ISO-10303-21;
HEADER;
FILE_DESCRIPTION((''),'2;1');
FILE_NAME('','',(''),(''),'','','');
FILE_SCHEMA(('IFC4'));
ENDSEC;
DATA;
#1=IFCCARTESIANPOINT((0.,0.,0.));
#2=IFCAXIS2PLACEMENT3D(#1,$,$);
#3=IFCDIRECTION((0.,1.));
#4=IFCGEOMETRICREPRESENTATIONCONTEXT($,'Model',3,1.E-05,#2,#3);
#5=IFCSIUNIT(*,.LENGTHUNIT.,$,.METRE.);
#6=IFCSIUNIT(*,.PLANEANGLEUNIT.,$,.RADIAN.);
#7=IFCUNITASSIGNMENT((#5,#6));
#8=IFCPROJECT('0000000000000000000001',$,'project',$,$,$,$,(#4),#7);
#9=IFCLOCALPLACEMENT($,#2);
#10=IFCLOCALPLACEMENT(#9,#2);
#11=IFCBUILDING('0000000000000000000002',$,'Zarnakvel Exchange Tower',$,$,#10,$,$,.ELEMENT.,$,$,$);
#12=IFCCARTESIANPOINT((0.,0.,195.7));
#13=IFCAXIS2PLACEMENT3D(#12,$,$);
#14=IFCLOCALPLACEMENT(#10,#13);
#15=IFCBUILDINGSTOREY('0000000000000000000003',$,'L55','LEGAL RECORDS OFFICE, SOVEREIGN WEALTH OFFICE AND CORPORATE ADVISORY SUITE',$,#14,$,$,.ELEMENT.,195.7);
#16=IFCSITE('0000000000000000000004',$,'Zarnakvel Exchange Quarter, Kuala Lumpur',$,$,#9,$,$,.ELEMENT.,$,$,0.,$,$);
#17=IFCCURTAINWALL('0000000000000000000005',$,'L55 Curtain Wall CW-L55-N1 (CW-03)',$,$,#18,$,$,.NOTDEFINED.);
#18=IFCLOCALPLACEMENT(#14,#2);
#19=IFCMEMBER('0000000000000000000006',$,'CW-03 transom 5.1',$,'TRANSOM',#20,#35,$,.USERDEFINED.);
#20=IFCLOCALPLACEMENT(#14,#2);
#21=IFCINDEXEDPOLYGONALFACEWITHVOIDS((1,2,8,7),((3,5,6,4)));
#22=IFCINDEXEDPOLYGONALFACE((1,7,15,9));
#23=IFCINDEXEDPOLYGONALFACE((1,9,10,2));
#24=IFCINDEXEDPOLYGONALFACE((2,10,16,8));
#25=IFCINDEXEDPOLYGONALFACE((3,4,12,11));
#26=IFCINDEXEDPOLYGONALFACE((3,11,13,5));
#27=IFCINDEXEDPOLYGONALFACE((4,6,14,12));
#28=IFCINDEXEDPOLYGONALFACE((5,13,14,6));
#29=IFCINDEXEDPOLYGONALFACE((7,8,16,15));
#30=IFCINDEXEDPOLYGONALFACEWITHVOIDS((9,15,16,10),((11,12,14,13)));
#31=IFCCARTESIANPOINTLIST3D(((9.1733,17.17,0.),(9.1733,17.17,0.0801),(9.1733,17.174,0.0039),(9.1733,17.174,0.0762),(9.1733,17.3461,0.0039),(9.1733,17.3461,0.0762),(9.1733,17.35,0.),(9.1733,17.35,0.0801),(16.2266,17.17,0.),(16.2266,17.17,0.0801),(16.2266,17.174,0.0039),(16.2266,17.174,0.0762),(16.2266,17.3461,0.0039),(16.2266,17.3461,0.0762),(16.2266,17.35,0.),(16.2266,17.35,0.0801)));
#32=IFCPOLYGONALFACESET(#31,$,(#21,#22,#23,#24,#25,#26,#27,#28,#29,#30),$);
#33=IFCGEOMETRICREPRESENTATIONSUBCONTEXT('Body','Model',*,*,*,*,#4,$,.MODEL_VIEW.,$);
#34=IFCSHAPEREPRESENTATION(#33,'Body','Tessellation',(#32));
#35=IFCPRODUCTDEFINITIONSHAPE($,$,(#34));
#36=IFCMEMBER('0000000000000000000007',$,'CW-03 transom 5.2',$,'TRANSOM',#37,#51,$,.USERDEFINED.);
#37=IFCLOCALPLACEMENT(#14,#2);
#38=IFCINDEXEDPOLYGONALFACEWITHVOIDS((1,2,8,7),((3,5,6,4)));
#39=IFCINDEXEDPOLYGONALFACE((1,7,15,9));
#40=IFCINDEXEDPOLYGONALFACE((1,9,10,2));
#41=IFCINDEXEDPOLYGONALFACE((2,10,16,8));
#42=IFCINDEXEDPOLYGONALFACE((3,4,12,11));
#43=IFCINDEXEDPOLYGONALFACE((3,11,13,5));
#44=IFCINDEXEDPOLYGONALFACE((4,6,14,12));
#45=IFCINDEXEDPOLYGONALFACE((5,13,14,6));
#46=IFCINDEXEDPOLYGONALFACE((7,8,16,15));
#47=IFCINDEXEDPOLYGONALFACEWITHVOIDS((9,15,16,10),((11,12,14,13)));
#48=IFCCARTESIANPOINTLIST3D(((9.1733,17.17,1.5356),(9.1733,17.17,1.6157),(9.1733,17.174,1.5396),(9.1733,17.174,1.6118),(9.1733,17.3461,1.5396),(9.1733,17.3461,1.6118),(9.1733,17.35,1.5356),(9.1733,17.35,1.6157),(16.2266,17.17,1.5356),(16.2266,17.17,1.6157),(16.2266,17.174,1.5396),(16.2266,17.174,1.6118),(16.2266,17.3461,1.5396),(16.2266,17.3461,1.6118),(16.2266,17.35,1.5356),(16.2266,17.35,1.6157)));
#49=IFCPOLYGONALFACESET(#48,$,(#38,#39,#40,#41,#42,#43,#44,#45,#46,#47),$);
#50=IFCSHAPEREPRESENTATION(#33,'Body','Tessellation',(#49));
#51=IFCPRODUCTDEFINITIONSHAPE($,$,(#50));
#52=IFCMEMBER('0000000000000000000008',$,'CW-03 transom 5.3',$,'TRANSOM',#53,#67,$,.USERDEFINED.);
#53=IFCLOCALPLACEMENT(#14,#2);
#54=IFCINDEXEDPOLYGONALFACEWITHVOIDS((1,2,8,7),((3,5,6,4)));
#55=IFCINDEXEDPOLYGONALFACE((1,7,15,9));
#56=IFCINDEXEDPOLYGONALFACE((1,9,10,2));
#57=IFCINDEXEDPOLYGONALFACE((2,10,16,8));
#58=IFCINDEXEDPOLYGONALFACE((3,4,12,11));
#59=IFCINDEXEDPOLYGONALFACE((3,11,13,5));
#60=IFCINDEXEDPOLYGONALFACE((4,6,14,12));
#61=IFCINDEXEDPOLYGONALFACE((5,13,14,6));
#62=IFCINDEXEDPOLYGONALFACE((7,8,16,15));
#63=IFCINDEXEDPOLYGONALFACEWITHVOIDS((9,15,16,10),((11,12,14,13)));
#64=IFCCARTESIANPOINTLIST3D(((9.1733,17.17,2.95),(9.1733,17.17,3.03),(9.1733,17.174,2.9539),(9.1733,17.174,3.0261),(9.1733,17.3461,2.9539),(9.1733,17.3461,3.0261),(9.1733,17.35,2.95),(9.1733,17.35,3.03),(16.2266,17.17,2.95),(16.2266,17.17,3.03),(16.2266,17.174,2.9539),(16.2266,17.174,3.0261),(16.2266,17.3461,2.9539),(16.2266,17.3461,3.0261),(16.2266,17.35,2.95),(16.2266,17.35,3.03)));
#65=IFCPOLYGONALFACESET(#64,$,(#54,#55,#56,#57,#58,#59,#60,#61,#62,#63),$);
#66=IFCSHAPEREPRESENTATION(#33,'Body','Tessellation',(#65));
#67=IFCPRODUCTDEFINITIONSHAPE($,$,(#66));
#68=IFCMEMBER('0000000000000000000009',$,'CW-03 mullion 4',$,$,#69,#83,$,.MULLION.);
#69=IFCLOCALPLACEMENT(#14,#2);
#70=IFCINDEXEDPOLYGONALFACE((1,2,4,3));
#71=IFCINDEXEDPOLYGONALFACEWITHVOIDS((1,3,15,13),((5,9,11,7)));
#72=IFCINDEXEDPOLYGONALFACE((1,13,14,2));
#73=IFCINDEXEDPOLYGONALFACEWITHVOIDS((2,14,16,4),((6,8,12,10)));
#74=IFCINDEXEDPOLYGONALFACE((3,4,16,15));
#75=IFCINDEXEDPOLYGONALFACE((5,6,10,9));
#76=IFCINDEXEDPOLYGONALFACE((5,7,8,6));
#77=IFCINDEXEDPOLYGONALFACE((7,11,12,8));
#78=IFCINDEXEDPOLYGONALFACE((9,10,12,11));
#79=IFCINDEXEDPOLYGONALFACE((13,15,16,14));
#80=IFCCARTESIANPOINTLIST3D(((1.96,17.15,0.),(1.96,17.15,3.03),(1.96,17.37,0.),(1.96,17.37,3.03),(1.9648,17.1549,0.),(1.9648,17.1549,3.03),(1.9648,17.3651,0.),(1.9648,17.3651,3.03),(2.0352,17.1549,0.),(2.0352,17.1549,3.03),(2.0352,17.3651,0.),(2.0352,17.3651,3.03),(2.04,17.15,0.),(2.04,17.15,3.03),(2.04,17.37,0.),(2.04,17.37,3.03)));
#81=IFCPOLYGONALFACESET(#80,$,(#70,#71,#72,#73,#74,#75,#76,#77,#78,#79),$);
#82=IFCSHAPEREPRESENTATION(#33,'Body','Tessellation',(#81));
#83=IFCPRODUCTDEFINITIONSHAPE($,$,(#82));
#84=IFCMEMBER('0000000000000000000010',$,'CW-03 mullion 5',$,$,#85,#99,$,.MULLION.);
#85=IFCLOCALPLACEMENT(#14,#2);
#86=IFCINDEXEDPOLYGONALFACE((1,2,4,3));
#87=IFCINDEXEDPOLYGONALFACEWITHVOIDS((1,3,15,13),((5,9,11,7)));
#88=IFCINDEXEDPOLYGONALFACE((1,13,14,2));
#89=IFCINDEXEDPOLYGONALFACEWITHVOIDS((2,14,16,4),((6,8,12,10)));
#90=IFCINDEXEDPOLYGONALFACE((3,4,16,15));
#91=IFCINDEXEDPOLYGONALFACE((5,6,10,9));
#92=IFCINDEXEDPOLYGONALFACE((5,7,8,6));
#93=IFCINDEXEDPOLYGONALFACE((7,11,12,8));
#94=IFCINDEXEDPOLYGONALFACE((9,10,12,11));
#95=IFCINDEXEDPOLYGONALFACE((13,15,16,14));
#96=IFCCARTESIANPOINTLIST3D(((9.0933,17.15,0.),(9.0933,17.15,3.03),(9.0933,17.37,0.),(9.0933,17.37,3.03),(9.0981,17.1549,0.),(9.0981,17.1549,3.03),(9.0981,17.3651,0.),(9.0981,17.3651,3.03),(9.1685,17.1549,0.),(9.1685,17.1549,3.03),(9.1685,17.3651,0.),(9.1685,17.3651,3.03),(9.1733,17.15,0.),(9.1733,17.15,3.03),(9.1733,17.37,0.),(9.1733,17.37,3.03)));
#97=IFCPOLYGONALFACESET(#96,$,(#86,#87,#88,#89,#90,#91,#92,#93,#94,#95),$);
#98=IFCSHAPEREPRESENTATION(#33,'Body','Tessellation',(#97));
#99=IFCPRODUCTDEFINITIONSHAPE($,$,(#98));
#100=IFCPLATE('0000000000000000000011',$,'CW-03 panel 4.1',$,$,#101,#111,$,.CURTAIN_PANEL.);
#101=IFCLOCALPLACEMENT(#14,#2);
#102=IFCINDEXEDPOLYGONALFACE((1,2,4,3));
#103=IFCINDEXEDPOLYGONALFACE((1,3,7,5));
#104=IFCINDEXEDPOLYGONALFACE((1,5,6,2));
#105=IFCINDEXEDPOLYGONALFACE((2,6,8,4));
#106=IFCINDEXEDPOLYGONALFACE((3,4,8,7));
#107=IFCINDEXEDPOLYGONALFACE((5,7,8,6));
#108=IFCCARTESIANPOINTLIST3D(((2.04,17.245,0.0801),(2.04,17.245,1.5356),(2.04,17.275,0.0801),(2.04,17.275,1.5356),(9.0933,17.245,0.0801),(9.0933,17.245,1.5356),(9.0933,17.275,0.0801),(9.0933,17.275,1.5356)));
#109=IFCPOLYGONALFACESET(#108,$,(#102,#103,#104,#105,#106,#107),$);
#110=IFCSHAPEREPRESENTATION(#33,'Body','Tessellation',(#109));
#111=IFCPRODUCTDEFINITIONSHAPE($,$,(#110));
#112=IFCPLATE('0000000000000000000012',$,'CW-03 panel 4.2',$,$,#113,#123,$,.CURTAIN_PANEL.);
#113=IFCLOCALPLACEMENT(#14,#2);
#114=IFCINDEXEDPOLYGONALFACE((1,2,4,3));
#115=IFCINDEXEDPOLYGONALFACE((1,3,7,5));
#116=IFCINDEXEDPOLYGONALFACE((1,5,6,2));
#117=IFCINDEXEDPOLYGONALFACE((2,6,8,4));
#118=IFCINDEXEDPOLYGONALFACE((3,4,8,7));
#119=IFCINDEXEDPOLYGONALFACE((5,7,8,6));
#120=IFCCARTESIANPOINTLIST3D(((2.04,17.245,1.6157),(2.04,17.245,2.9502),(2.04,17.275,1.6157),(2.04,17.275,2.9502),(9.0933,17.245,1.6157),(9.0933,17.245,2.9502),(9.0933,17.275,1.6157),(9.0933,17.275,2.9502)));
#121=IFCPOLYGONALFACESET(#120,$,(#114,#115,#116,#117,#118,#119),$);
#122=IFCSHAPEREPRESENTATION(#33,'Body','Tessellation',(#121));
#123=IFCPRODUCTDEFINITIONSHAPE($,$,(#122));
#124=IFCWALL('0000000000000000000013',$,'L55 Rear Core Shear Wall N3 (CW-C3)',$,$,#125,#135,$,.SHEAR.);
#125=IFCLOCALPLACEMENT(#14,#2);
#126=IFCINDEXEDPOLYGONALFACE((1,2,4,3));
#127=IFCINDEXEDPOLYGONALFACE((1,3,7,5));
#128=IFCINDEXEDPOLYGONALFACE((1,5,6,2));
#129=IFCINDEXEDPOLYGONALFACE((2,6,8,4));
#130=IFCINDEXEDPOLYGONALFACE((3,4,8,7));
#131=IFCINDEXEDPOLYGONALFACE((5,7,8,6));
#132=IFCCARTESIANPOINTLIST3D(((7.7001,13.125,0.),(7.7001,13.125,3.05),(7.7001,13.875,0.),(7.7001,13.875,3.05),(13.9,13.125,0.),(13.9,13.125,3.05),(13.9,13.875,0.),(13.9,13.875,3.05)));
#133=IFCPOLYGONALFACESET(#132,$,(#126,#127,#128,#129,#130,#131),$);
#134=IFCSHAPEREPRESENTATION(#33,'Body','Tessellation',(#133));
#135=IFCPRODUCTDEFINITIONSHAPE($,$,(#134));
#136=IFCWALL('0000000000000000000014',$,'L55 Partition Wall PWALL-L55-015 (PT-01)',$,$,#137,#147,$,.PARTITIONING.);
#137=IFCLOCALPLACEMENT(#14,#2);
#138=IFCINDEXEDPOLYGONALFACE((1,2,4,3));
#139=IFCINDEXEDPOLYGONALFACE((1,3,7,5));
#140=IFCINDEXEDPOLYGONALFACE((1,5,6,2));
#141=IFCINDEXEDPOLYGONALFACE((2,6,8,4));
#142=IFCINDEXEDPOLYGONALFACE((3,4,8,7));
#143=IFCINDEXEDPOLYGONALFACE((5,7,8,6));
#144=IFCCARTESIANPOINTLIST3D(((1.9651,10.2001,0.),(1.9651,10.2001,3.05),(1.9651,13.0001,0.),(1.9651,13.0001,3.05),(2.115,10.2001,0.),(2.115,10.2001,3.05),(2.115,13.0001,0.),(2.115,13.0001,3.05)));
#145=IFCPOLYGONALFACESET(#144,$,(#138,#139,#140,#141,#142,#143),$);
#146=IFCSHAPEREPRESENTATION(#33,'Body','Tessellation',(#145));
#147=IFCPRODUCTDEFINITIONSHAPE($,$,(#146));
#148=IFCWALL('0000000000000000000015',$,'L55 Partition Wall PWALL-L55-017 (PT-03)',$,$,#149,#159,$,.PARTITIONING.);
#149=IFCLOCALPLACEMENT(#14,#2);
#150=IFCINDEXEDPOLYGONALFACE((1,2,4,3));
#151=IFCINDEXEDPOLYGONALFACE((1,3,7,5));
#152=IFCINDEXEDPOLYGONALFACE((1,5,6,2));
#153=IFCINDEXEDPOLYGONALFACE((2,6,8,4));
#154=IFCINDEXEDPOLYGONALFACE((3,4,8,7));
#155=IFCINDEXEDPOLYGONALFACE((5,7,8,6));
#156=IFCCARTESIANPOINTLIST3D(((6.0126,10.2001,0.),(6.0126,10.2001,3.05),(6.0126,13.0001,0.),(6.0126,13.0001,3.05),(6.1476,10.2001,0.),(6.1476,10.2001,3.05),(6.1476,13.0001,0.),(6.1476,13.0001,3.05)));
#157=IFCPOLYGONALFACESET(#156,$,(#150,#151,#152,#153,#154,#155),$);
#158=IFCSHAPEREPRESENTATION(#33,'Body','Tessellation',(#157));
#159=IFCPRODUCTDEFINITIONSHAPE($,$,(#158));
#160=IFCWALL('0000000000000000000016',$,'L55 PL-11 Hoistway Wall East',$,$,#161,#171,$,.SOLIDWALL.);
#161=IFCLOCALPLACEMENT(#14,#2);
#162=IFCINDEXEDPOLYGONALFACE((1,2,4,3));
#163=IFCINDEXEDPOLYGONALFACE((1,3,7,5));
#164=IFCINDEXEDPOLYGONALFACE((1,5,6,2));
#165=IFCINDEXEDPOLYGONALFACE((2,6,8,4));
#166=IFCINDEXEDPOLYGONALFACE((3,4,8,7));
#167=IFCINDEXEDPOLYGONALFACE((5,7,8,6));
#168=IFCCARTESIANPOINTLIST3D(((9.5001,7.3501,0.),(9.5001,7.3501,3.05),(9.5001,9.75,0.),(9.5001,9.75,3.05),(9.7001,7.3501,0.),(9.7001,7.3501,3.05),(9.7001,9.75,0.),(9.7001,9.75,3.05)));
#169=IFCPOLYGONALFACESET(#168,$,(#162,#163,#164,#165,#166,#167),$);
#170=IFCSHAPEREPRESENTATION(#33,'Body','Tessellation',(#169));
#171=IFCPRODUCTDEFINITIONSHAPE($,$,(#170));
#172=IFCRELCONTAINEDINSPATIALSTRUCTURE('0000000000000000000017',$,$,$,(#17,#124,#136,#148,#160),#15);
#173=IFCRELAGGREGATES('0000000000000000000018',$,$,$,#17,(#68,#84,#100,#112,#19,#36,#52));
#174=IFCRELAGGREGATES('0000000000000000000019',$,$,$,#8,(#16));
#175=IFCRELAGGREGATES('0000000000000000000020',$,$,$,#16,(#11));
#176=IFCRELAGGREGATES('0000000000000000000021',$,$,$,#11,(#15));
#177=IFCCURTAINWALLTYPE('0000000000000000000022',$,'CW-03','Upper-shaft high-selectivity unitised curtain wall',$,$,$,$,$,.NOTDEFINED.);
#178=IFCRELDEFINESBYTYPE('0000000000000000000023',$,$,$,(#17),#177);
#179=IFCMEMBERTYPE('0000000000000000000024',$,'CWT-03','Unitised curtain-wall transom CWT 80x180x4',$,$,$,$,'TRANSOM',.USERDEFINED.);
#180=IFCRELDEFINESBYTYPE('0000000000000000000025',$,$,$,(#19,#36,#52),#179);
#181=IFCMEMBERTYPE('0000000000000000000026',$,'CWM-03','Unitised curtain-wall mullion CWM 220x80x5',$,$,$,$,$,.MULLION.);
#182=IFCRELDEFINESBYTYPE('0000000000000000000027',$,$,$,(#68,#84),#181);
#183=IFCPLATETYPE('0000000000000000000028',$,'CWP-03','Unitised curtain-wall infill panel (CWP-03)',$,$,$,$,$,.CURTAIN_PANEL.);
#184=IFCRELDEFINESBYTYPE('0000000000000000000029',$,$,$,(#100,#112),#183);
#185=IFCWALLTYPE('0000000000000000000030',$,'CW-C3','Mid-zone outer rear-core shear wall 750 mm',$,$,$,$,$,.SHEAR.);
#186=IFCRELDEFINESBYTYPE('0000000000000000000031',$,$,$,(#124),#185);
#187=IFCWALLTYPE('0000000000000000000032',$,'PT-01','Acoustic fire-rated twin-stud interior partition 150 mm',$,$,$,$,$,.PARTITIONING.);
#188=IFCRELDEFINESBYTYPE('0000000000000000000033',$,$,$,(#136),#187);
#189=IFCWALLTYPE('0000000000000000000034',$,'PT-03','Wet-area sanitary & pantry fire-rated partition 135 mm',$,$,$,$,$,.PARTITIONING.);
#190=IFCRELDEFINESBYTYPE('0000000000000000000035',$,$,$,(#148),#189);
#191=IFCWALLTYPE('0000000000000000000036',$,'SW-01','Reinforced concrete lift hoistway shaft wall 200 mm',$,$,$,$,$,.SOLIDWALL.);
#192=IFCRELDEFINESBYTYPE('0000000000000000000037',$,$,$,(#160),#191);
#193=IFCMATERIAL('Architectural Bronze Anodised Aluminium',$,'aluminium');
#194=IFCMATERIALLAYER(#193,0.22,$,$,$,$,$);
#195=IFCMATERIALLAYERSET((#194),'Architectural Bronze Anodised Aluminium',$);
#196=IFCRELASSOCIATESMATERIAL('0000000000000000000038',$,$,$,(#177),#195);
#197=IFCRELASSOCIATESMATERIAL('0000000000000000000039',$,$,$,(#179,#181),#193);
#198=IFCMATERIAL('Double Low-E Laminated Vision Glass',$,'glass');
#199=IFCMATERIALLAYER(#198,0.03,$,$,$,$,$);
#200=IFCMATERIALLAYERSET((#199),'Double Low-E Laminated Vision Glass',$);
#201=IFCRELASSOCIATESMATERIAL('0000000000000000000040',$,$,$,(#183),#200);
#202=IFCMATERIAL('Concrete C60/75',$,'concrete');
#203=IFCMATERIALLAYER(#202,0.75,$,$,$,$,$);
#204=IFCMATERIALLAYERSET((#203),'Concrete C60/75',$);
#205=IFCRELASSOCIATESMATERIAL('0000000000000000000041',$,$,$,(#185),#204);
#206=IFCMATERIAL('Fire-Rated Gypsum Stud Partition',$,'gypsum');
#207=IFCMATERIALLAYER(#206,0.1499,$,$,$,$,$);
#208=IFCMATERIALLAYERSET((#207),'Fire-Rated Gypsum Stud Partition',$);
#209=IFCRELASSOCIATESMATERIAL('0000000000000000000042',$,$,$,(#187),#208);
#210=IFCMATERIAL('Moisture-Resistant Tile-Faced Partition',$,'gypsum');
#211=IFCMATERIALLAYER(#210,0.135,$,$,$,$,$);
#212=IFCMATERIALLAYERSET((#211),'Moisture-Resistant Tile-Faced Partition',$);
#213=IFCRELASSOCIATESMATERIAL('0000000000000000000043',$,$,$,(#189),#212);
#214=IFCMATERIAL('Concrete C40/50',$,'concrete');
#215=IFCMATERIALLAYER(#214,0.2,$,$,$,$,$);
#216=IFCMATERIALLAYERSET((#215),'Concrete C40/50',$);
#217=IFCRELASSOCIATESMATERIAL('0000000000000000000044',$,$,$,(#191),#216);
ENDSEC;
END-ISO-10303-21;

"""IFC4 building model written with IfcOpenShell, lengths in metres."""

from ifc_helpers import new_model, si_unit, direction, frame, frame_2d, origin, origin_2d, place, context, subcontext, project, spatial, rectangle, hollow_rectangle, extrude, source, transform, mapped, material, layer, layer_set, material_profile, profile_set, type_object, element, aggregate, save


model = new_model("IFC4")

# Units and contexts
model_context = context("Model", 3, precision=1e-05, world=origin(), true_north=direction((0.0, 1.0)))
body_context = subcontext(model_context, "Body", "Model", "MODEL_VIEW")
ifc_project = project(units=[si_unit("LENGTHUNIT", "METRE"), si_unit("PLANEANGLEUNIT", "RADIAN")], contexts=[model_context])

# Site, building, storey
site_placement = place(None, origin())
site = spatial("IfcSite", under=ifc_project, at=site_placement, Name="Zarnakvel Exchange Quarter, Kuala Lumpur", CompositionType="ELEMENT", RefElevation=0.0)
building_placement = place(site_placement, origin())
building = spatial("IfcBuilding", under=site, at=building_placement, Name="Zarnakvel Exchange Tower", CompositionType="ELEMENT")
storey_placement = place(building_placement, frame((0.0, 0.0, 195.7)))
storey = spatial("IfcBuildingStorey", under=building, at=storey_placement, Name="L55", Description="LEGAL RECORDS OFFICE, SOVEREIGN WEALTH OFFICE AND CORPORATE ADVISORY SUITE", CompositionType="ELEMENT", Elevation=195.7)

# Shared definitions
ifc_material_1 = material(Name="Concrete C60/75", Category="concrete")

# Curtain wall, members, plates
ifc_material_2 = material(Name="Architectural Bronze Anodised Aluminium", Category="aluminium")
ifc_layer_1 = layer(ifc_material_2, 0.22)
ifc_layer_set_1 = layer_set([ifc_layer_1], Name="Architectural Bronze Anodised Aluminium")
curtain_wall_type = type_object("IfcCurtainWallType", Name="CW-03", Description="Upper-shaft high-selectivity unitised curtain wall", PredefinedType="NOTDEFINED", material=ifc_layer_set_1)
curtain_wall_placement = place(storey_placement, origin())
curtain_wall = element("IfcCurtainWall", 1, at=curtain_wall_placement, inside=storey, type_object=curtain_wall_type, Name="L55 Curtain Wall CW-L55-N1 (CW-03)", PredefinedType="NOTDEFINED")
ifc_material_profile_1 = material_profile(ifc_material_2, hollow_rectangle(XDim=0.1799, YDim=0.0801, WallThickness=0.0039, at=origin_2d()))
ifc_profile_set_1 = profile_set([ifc_material_profile_1], Name="Architectural Bronze Anodised Aluminium")
member_type_1 = type_object("IfcMemberType", Name="CWT-03", Description="Unitised curtain-wall transom CWT 80x180x4", ElementType="TRANSOM", PredefinedType="USERDEFINED", material=ifc_profile_set_1)
shared_shape_1 = source(origin(), body_context, "Body", "SweptSolid", [
    extrude(hollow_rectangle(XDim=0.1799, YDim=0.0801, WallThickness=0.0039, at=origin_2d()), origin(), (0.0, 0.0, 1.0), 7.0532),
])
member_1_placement = place(storey_placement, frame((9.1733, 17.26, 0.04), z_axis=(1.0, 0.0, 0.0), x_axis=(0.0, 1.0, 0.0)))
member_1 = element("IfcMember", 2, at=member_1_placement, type_object=member_type_1, Name="CW-03 transom 5.1", ObjectType="TRANSOM", PredefinedType="USERDEFINED", context=body_context, shape_type="MappedRepresentation", body=[
    mapped(shared_shape_1, transform((0.0, 0.0, 0.0), x_axis=(1.0, 0.0, 0.0), y_axis=(0.0, 1.0, 0.0), z_axis=(0.0, 0.0, 1.0), scale=1.0)),
])
member_2_placement = place(storey_placement, frame((9.1733, 17.26, 1.5757), z_axis=(1.0, 0.0, 0.0), x_axis=(0.0, 1.0, 0.0)))
member_2 = element("IfcMember", 3, at=member_2_placement, type_object=member_type_1, Name="CW-03 transom 5.2", ObjectType="TRANSOM", PredefinedType="USERDEFINED", context=body_context, shape_type="MappedRepresentation", body=[
    mapped(shared_shape_1, transform((0.0, 0.0, 0.0), x_axis=(1.0, 0.0, 0.0), y_axis=(0.0, 1.0, 0.0), z_axis=(0.0, 0.0, 1.0), scale=1.0)),
])
member_3_placement = place(storey_placement, frame((9.1733, 17.26, 2.99), z_axis=(1.0, 0.0, 0.0), x_axis=(0.0, 1.0, 0.0)))
member_3 = element("IfcMember", 4, at=member_3_placement, type_object=member_type_1, Name="CW-03 transom 5.3", ObjectType="TRANSOM", PredefinedType="USERDEFINED", context=body_context, shape_type="MappedRepresentation", body=[
    mapped(shared_shape_1, transform((0.0, 0.0, 0.0), x_axis=(1.0, 0.0, 0.0), y_axis=(0.0, 1.0, 0.0), z_axis=(0.0, 0.0, 1.0), scale=1.0)),
])
ifc_material_profile_2 = material_profile(ifc_material_2, hollow_rectangle(XDim=0.22, YDim=0.0801, WallThickness=0.0049, at=origin_2d()))
ifc_profile_set_2 = profile_set([ifc_material_profile_2], Name="Architectural Bronze Anodised Aluminium")
member_type_2 = type_object("IfcMemberType", Name="CWM-03", Description="Unitised curtain-wall mullion CWM 220x80x5", PredefinedType="MULLION", material=ifc_profile_set_2)
shared_shape_2 = source(origin(), body_context, "Body", "SweptSolid", [
    extrude(hollow_rectangle(XDim=0.22, YDim=0.0801, WallThickness=0.0049, at=origin_2d()), origin(), (0.0, 0.0, 1.0), 3.03),
])
member_4_placement = place(storey_placement, frame((2.0, 17.26, 0.0), z_axis=(0.0, 0.0, 1.0), x_axis=(0.0, 1.0, 0.0)))
member_4 = element("IfcMember", 5, at=member_4_placement, type_object=member_type_2, Name="CW-03 mullion 4", PredefinedType="MULLION", context=body_context, shape_type="MappedRepresentation", body=[
    mapped(shared_shape_2, transform((0.0, 0.0, 0.0), x_axis=(1.0, 0.0, 0.0), y_axis=(0.0, 1.0, 0.0), z_axis=(0.0, 0.0, 1.0), scale=1.0)),
])
member_5_placement = place(storey_placement, frame((9.1333, 17.26, 0.0), z_axis=(0.0, 0.0, 1.0), x_axis=(0.0, 1.0, 0.0)))
member_5 = element("IfcMember", 6, at=member_5_placement, type_object=member_type_2, Name="CW-03 mullion 5", PredefinedType="MULLION", context=body_context, shape_type="MappedRepresentation", body=[
    mapped(shared_shape_2, transform((0.0, 0.0, 0.0), x_axis=(1.0, 0.0, 0.0), y_axis=(0.0, 1.0, 0.0), z_axis=(0.0, 0.0, 1.0), scale=1.0)),
])
ifc_material_3 = material(Name="Double Low-E Laminated Vision Glass", Category="glass")
ifc_layer_2 = layer(ifc_material_3, 0.03)
ifc_layer_set_2 = layer_set([ifc_layer_2], Name="Double Low-E Laminated Vision Glass")
plate_type = type_object("IfcPlateType", Name="CWP-03", Description="Unitised curtain-wall infill panel (CWP-03)", PredefinedType="CURTAIN_PANEL", material=ifc_layer_set_2)
shared_shape_3 = source(origin(), body_context, "Body", "SweptSolid", [
    extrude(rectangle(XDim=7.0532, YDim=0.03, at=origin_2d()), origin(), (0.0, 0.0, 1.0), 1.4556),
])
plate_1_placement = place(storey_placement, frame((5.5667, 17.26, 0.0801), z_axis=(0.0, 0.0, 1.0), x_axis=(1.0, 0.0, 0.0)))
plate_1 = element("IfcPlate", 7, at=plate_1_placement, type_object=plate_type, Name="CW-03 panel 4.1", PredefinedType="CURTAIN_PANEL", context=body_context, shape_type="MappedRepresentation", body=[
    mapped(shared_shape_3, transform((0.0, 0.0, 0.0), x_axis=(1.0, 0.0, 0.0), y_axis=(0.0, 1.0, 0.0), z_axis=(0.0, 0.0, 1.0), scale=1.0)),
])
shared_shape_4 = source(origin(), body_context, "Body", "SweptSolid", [
    extrude(rectangle(XDim=7.0532, YDim=0.03, at=origin_2d()), origin(), (0.0, 0.0, 1.0), 1.3345),
])
plate_2_placement = place(storey_placement, frame((5.5667, 17.26, 1.6157), z_axis=(0.0, 0.0, 1.0), x_axis=(1.0, 0.0, 0.0)))
plate_2 = element("IfcPlate", 8, at=plate_2_placement, type_object=plate_type, Name="CW-03 panel 4.2", PredefinedType="CURTAIN_PANEL", context=body_context, shape_type="MappedRepresentation", body=[
    mapped(shared_shape_4, transform((0.0, 0.0, 0.0), x_axis=(1.0, 0.0, 0.0), y_axis=(0.0, 1.0, 0.0), z_axis=(0.0, 0.0, 1.0), scale=1.0)),
])
aggregate(curtain_wall, [member_4, member_5, plate_1, plate_2, member_1, member_2, member_3])

# Wall
ifc_layer_3 = layer(ifc_material_1, 0.75)
ifc_layer_set_3 = layer_set([ifc_layer_3], Name="Concrete C60/75")
wall_type_1 = type_object("IfcWallType", Name="CW-C3", Description="Mid-zone outer rear-core shear wall 750 mm", PredefinedType="SHEAR", material=ifc_layer_set_3)
wall_1_placement = place(storey_placement, frame((7.7, 13.5, 0.0), z_axis=(0.0, 0.0, 1.0), x_axis=(1.0, 0.0, 0.0)))
element("IfcWall", 9, at=wall_1_placement, inside=storey, type_object=wall_type_1, Name="L55 Rear Core Shear Wall N3 (CW-C3)", PredefinedType="SHEAR", context=body_context, shape_type="SweptSolid", body=[
    extrude(rectangle(XDim=6.2, YDim=0.75, at=frame_2d((3.1001, 0.0))), origin(), (0.0, 0.0, 1.0), 3.05),
])

# Shared definitions
ifc_material_4 = material(Name="Fire-Rated Gypsum Stud Partition", Category="gypsum")
ifc_layer_4 = layer(ifc_material_4, 0.1499)
ifc_layer_set_4 = layer_set([ifc_layer_4], Name="Fire-Rated Gypsum Stud Partition")
wall_type_2 = type_object("IfcWallType", Name="PT-01", Description="Acoustic fire-rated twin-stud interior partition 150 mm", PredefinedType="PARTITIONING", material=ifc_layer_set_4)

# Wall
wall_2_placement = place(storey_placement, frame((2.04, 13.0, 0.0), z_axis=(0.0, 0.0, 1.0), x_axis=(0.0, -1.0, 0.0)))
element("IfcWall", 10, at=wall_2_placement, inside=storey, type_object=wall_type_2, Name="L55 Partition Wall PWALL-L55-015 (PT-01)", PredefinedType="PARTITIONING", context=body_context, shape_type="SweptSolid", body=[
    extrude(rectangle(XDim=2.8, YDim=0.1499, at=frame_2d((1.3999, 0.0))), origin(), (0.0, 0.0, 1.0), 3.05),
])

# Shared definitions
ifc_material_5 = material(Name="Moisture-Resistant Tile-Faced Partition", Category="gypsum")
ifc_layer_5 = layer(ifc_material_5, 0.135)
ifc_layer_set_5 = layer_set([ifc_layer_5], Name="Moisture-Resistant Tile-Faced Partition")
wall_type_3 = type_object("IfcWallType", Name="PT-03", Description="Wet-area sanitary & pantry fire-rated partition 135 mm", PredefinedType="PARTITIONING", material=ifc_layer_set_5)

# Walls
wall_3_placement = place(storey_placement, frame((6.0801, 13.0, 0.0), z_axis=(0.0, 0.0, 1.0), x_axis=(0.0, -1.0, 0.0)))
element("IfcWall", 11, at=wall_3_placement, inside=storey, type_object=wall_type_3, Name="L55 Partition Wall PWALL-L55-017 (PT-03)", PredefinedType="PARTITIONING", context=body_context, shape_type="SweptSolid", body=[
    extrude(rectangle(XDim=2.8, YDim=0.135, at=frame_2d((1.3999, 0.0))), origin(), (0.0, 0.0, 1.0), 3.05),
])
ifc_material_6 = material(Name="Concrete C40/50", Category="concrete")
ifc_layer_6 = layer(ifc_material_6, 0.2)
ifc_layer_set_6 = layer_set([ifc_layer_6], Name="Concrete C40/50")
wall_type_4 = type_object("IfcWallType", Name="SW-01", Description="Reinforced concrete lift hoistway shaft wall 200 mm", PredefinedType="SOLIDWALL", material=ifc_layer_set_6)
wall_4_placement = place(storey_placement, frame((9.6001, 9.75, 0.0), z_axis=(0.0, 0.0, 1.0), x_axis=(0.0, -1.0, 0.0)))
element("IfcWall", 12, at=wall_4_placement, inside=storey, type_object=wall_type_4, Name="L55 PL-11 Hoistway Wall East", PredefinedType="SOLIDWALL", context=body_context, shape_type="SweptSolid", body=[
    extrude(rectangle(XDim=2.3999, YDim=0.2, at=frame_2d((1.2, 0.0))), origin(), (0.0, 0.0, 1.0), 3.05),
])

save(model, "model.ifc")
